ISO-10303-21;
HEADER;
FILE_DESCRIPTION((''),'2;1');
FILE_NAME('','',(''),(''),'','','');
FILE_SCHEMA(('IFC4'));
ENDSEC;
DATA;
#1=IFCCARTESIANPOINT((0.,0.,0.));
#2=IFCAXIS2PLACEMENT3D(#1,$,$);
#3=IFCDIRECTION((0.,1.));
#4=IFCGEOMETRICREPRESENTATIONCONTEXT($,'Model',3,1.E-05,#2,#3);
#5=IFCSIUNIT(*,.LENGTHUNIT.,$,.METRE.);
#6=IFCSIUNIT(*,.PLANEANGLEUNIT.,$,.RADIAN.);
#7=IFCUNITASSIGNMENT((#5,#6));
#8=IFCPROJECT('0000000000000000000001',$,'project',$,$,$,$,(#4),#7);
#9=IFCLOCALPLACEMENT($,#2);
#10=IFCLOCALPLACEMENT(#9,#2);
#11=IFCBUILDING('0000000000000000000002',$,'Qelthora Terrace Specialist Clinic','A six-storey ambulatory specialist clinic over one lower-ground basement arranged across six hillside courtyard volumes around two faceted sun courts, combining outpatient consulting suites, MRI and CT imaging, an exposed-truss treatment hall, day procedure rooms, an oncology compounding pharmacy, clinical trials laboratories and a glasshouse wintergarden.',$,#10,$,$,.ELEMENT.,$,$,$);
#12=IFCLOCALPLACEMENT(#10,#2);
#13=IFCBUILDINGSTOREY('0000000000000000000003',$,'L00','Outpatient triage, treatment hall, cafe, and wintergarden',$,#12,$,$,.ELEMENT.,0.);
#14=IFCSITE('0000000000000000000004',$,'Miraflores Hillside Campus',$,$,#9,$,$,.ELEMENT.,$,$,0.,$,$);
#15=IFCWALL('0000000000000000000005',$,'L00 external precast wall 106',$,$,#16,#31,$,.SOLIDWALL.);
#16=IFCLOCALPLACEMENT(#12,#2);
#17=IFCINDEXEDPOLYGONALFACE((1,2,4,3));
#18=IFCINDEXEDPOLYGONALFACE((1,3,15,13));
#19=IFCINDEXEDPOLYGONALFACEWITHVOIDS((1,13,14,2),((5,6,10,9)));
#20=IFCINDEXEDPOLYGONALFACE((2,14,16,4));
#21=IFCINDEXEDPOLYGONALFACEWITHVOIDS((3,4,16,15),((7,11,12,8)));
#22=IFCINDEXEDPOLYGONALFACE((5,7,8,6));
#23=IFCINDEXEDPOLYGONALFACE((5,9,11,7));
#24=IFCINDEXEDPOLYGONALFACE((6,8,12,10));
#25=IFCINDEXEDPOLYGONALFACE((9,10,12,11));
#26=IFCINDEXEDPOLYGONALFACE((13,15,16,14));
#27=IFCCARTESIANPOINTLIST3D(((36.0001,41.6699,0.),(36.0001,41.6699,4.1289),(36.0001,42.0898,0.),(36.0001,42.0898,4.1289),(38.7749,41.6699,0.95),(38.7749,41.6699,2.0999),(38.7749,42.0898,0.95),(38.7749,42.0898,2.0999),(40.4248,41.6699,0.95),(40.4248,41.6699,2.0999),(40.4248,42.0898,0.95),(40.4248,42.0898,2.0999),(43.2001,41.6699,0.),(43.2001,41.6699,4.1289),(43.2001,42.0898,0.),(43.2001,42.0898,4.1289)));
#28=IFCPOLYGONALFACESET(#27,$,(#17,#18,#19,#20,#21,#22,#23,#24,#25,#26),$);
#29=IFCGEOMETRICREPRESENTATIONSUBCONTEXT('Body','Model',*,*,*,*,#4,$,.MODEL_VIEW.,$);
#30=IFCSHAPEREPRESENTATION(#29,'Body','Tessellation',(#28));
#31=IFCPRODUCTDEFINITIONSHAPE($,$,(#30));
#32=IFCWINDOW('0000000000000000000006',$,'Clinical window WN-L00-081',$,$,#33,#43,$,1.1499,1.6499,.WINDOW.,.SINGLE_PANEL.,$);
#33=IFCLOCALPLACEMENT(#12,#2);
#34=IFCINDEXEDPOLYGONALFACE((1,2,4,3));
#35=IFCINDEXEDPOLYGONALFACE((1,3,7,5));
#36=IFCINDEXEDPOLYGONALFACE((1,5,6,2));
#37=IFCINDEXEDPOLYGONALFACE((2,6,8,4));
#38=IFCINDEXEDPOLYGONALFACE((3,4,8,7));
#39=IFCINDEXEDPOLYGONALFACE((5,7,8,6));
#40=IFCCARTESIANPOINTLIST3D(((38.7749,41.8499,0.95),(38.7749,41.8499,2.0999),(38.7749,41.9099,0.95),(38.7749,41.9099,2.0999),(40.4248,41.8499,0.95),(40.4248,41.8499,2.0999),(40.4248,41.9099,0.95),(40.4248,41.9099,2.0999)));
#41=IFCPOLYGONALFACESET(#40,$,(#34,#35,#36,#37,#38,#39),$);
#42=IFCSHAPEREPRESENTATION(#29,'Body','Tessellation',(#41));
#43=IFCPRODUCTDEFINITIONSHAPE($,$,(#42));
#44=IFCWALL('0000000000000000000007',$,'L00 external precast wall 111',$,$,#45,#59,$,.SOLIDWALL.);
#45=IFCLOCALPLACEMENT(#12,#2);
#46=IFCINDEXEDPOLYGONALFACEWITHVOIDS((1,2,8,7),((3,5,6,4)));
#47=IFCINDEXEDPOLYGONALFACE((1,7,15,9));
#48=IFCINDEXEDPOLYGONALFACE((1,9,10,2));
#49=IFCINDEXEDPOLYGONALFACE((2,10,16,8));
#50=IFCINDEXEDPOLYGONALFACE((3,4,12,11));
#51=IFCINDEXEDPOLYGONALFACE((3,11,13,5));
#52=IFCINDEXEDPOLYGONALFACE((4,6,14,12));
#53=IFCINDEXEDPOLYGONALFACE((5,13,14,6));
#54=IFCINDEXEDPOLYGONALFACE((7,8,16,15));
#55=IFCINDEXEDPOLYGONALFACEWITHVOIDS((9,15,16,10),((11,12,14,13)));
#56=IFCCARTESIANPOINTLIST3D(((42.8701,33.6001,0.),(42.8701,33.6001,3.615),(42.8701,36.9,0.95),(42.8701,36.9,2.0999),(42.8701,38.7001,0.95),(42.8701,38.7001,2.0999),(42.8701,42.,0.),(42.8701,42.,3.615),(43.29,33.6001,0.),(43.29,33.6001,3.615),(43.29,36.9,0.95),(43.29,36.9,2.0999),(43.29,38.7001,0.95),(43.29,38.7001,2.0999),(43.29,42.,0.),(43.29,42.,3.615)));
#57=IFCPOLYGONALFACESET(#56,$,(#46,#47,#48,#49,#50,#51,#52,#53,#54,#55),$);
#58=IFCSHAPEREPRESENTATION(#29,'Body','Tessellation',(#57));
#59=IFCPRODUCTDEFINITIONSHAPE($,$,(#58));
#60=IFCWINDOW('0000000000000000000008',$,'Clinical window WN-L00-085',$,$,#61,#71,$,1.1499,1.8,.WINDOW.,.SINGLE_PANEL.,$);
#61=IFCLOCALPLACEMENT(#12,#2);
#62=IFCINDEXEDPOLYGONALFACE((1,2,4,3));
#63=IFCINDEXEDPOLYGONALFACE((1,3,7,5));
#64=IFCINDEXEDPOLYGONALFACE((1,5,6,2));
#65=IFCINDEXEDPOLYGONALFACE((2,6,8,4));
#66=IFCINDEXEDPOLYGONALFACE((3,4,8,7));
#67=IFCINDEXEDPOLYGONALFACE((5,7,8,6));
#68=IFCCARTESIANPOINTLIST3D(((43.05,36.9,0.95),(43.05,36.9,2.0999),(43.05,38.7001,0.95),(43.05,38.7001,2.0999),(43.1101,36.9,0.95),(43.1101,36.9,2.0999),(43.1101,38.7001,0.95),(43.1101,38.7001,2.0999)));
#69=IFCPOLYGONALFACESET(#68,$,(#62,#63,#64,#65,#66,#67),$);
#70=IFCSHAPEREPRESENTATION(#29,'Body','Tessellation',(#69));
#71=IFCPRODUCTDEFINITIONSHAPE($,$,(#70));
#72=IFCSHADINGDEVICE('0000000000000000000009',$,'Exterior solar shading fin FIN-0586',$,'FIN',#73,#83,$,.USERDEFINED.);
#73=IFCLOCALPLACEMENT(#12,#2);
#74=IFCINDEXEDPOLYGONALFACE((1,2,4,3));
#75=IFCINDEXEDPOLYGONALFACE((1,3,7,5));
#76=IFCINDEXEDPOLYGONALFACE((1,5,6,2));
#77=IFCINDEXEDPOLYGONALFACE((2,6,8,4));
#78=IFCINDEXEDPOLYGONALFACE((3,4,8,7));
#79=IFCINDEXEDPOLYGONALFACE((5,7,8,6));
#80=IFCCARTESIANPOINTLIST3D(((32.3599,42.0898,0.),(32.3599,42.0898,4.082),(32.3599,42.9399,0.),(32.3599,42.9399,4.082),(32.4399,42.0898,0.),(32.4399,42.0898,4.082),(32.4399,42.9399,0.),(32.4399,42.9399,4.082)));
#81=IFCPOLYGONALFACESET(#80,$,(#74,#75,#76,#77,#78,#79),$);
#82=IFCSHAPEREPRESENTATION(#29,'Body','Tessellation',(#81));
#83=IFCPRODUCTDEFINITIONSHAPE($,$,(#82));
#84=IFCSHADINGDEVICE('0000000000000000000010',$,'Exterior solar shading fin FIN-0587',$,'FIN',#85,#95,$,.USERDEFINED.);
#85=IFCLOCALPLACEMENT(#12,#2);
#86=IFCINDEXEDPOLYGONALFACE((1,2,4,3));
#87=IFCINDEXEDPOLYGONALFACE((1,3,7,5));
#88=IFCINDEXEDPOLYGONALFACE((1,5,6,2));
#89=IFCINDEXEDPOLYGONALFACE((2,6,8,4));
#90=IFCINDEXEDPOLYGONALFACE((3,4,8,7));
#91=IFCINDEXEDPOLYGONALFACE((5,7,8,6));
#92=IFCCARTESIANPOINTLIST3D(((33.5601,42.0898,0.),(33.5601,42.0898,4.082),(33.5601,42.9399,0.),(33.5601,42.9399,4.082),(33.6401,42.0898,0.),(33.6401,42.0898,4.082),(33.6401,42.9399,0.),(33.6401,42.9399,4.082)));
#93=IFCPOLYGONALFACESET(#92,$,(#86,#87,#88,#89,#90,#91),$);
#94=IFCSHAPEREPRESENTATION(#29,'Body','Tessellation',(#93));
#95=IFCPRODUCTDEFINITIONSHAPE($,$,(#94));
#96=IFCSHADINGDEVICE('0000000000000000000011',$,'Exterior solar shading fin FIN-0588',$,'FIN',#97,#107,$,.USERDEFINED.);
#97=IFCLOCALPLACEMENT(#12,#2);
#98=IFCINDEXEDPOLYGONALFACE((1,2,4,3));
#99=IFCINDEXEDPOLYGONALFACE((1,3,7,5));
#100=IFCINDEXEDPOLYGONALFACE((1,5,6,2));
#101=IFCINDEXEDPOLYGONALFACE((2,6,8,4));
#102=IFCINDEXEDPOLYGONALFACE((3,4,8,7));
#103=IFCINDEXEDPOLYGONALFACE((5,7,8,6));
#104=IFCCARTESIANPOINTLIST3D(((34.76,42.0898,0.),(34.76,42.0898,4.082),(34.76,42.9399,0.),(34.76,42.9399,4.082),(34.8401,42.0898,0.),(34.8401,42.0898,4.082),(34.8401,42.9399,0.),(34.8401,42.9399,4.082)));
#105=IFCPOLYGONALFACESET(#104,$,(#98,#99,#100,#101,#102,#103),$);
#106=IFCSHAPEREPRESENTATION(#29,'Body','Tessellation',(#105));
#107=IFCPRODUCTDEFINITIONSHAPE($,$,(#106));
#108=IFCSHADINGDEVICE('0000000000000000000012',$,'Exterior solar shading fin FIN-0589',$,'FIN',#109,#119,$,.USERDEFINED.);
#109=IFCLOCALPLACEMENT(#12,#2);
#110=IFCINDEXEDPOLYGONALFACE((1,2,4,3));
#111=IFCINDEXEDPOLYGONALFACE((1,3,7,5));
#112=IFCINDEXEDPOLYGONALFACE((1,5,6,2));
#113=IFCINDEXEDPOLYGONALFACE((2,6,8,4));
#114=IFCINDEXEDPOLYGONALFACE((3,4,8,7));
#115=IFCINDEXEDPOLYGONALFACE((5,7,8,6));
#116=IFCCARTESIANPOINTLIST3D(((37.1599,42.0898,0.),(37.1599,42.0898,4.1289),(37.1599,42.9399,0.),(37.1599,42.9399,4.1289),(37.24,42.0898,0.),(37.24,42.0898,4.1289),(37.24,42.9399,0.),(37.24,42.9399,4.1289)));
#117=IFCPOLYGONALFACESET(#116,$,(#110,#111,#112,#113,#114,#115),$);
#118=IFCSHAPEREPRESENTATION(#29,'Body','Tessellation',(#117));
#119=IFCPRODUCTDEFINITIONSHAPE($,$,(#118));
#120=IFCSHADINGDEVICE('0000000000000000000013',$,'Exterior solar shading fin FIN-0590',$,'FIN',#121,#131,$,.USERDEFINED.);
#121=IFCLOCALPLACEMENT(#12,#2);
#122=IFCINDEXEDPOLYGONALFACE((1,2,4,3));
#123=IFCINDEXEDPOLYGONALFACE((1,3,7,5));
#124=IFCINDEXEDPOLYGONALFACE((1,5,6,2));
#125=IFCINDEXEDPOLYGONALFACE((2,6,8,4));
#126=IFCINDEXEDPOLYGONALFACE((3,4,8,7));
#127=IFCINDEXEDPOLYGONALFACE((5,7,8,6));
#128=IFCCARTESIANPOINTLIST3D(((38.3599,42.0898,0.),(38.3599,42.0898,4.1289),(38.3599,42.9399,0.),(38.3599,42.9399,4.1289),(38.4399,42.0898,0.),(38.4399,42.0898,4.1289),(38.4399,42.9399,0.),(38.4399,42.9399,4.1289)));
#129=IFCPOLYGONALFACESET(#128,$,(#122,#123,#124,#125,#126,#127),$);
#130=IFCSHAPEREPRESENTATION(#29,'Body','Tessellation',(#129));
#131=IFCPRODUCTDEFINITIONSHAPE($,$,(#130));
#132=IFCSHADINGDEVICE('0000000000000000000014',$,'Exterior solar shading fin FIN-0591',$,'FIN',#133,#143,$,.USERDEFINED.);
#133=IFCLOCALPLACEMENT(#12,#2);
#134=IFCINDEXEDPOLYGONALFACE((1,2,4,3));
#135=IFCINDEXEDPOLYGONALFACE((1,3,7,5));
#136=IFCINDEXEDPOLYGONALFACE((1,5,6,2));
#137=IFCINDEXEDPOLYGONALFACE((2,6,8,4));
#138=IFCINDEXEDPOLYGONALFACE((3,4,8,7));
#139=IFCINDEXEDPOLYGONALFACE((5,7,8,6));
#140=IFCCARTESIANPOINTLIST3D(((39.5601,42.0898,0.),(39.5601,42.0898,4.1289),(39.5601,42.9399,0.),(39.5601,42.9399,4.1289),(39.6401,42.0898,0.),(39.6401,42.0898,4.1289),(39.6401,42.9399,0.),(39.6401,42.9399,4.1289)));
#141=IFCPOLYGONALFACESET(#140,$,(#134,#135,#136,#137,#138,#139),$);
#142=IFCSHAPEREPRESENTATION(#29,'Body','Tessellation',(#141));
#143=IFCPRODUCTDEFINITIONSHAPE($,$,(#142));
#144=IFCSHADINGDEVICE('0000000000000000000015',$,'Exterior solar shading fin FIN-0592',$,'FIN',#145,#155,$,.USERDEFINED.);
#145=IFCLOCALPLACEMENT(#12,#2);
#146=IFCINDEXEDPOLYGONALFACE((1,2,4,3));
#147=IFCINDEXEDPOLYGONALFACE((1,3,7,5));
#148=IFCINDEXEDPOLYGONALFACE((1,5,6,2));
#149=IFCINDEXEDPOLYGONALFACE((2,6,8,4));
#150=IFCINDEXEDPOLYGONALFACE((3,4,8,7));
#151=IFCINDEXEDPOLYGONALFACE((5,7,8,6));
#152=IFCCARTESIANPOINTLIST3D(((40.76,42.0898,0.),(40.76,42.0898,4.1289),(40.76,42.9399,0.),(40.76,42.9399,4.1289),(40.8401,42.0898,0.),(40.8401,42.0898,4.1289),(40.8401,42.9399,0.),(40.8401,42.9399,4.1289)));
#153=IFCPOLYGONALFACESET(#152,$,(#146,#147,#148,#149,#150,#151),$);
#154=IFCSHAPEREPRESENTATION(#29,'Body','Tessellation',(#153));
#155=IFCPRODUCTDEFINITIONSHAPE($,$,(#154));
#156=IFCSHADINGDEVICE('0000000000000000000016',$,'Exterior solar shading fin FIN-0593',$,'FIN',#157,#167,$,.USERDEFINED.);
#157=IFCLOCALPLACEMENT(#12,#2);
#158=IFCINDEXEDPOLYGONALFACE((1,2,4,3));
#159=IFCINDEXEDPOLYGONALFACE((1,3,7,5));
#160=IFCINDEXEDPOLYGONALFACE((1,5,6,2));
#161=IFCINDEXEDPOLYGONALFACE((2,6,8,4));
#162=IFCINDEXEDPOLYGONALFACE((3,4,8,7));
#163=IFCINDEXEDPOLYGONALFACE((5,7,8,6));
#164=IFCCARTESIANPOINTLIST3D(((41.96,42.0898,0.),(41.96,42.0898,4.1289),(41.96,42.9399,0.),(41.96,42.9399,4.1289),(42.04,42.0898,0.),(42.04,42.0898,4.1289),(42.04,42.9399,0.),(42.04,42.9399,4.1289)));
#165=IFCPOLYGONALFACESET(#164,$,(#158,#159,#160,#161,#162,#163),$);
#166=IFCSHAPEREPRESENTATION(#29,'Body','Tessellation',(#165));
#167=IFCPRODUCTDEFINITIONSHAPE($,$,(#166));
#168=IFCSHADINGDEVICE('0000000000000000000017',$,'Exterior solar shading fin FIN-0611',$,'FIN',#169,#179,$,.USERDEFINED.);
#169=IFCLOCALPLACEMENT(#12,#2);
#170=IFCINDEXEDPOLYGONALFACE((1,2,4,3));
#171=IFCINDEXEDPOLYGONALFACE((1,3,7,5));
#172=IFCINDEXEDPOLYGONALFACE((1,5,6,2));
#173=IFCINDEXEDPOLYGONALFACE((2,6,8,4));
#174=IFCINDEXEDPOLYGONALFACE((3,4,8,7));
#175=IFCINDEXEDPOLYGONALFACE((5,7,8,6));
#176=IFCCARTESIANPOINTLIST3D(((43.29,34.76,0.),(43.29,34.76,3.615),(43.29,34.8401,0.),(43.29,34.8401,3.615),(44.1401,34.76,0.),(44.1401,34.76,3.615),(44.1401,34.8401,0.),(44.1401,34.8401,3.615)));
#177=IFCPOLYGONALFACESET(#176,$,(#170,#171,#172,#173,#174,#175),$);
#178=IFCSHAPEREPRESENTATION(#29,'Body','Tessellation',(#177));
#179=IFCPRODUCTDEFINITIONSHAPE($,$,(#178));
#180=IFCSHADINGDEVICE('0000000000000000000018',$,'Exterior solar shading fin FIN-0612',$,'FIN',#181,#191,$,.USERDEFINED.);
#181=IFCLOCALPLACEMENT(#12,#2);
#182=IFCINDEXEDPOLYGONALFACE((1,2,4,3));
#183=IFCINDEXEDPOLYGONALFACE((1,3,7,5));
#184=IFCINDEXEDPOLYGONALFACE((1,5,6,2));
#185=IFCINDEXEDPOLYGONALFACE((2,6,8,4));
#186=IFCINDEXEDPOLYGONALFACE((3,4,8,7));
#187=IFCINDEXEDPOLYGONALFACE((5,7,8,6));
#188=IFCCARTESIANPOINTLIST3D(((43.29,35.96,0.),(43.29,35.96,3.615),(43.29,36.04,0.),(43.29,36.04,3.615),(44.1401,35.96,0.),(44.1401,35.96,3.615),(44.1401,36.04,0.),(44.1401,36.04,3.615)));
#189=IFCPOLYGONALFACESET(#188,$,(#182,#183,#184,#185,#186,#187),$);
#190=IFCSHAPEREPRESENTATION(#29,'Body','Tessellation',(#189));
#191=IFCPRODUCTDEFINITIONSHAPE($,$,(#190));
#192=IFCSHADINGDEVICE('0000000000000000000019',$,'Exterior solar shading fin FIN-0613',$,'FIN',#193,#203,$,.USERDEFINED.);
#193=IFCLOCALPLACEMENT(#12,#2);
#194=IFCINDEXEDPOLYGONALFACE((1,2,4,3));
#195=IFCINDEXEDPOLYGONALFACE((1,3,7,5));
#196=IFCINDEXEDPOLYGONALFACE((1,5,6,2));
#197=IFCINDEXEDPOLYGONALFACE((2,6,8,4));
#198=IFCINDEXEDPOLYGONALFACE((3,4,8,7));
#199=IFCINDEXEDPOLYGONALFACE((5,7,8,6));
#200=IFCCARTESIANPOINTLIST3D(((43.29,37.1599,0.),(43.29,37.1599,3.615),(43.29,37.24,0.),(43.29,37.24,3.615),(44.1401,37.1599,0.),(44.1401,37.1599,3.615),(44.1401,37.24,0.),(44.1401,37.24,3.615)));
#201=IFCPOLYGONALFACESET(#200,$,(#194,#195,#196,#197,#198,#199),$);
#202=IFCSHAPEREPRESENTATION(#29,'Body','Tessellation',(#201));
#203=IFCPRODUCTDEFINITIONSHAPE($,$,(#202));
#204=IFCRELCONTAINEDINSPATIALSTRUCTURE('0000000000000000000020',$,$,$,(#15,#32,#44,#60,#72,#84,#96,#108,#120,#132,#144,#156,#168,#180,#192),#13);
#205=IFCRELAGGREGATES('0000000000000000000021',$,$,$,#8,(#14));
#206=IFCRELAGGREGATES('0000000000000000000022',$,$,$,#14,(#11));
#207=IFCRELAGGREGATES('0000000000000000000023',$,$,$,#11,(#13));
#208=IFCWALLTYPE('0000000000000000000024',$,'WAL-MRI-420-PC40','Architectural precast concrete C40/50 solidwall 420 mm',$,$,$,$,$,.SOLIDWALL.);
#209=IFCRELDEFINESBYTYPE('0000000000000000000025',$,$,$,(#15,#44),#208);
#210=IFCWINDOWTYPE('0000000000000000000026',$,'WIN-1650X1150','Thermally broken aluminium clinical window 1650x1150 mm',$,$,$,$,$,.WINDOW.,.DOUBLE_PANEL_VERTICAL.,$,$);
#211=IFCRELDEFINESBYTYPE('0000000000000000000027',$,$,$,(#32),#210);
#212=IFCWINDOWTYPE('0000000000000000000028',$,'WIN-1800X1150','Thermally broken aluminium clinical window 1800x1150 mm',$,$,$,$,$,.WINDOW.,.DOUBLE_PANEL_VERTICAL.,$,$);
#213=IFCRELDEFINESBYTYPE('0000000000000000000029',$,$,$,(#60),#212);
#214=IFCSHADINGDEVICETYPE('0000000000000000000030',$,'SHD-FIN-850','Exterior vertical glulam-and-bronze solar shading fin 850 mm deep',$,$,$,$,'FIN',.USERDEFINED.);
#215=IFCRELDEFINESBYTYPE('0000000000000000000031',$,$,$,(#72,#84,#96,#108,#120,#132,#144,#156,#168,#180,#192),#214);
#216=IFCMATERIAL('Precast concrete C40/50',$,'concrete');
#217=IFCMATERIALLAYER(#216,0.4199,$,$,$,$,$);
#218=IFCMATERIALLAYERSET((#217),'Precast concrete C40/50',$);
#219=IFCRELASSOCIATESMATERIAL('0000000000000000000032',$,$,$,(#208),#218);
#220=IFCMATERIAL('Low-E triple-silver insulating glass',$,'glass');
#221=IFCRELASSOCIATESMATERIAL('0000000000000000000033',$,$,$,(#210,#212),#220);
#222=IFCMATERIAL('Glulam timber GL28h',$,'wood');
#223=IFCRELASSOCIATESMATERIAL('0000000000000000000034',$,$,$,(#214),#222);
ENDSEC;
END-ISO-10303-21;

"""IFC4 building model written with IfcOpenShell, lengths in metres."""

from ifc_helpers import new_model, si_unit, direction, frame, frame_2d, origin, origin_2d, place, context, subcontext, project, spatial, rectangle, extrude, material, layer, layer_set, type_object, element, fill, save


model = new_model("IFC4")

# Units and contexts
model_context = context("Model", 3, precision=1e-05, world=origin(), true_north=direction((0.0, 1.0)))
body_context = subcontext(model_context, "Body", "Model", "MODEL_VIEW")
ifc_project = project(units=[si_unit("LENGTHUNIT", "METRE"), si_unit("PLANEANGLEUNIT", "RADIAN")], contexts=[model_context])

# Site, building, storey
site_placement = place(None, origin())
site = spatial("IfcSite", under=ifc_project, at=site_placement, Name="Miraflores Hillside Campus", CompositionType="ELEMENT", RefElevation=0.0)
building_placement = place(site_placement, origin())
building = spatial("IfcBuilding", under=site, at=building_placement, Name="Qelthora Terrace Specialist Clinic", Description="A six-storey ambulatory specialist clinic over one lower-ground basement arranged across six hillside courtyard volumes around two faceted sun courts, combining outpatient consulting suites, MRI and CT imaging, an exposed-truss treatment hall, day procedure rooms, an oncology compounding pharmacy, clinical trials laboratories and a glasshouse wintergarden.", CompositionType="ELEMENT")
storey_placement = place(building_placement, origin())
storey = spatial("IfcBuildingStorey", under=building, at=storey_placement, Name="L00", Description="Outpatient triage, treatment hall, cafe, and wintergarden", CompositionType="ELEMENT", Elevation=0.0)

# Shared definitions
ifc_material_1 = material(Name="Precast concrete C40/50", Category="concrete")

# Walls, openings, windows
ifc_layer_1 = layer(ifc_material_1, 0.4199)
ifc_layer_set_1 = layer_set([ifc_layer_1], Name="Precast concrete C40/50")
wall_type_1 = type_object("IfcWallType", Name="WAL-MRI-420-PC40", Description="Architectural precast concrete C40/50 solidwall 420 mm", PredefinedType="SOLIDWALL", material=ifc_layer_set_1)
wall_1_placement = place(storey_placement, frame((36.0, 41.8799, 0.0), z_axis=(0.0, 0.0, 1.0), x_axis=(1.0, 0.0, 0.0)))
wall_1 = element("IfcWall", 1, at=wall_1_placement, inside=storey, type_object=wall_type_1, Name="L00 external precast wall 106", PredefinedType="SOLIDWALL", context=body_context, shape_type="SweptSolid", body=[
    extrude(rectangle(XDim=7.2, YDim=0.4199, at=frame_2d((3.6001, 0.0))), origin(), (0.0, 0.0, 1.0), 4.1289),
])
opening_1_placement = place(wall_1_placement, frame((2.7749, 0.0, 0.95)))
opening_1 = element("IfcOpeningElement", 2, at=opening_1_placement, cuts=wall_1, PredefinedType="OPENING", context=body_context, shape_type="SweptSolid", body=[
    extrude(rectangle(XDim=1.6499, YDim=1.1499, at=frame_2d((0.825, 0.575))), frame((0.0, 0.22, 0.0), z_axis=(0.0, -1.0, 0.0), x_axis=(1.0, 0.0, 0.0)), (0.0, 0.0, 1.0), 0.4399),
])
ifc_material_2 = material(Name="Low-E triple-silver insulating glass", Category="glass")
window_type_1 = type_object("IfcWindowType", Name="WIN-1650X1150", Description="Thermally broken aluminium clinical window 1650x1150 mm", PartitioningType="DOUBLE_PANEL_VERTICAL", PredefinedType="WINDOW", material=ifc_material_2)
window_1_placement = place(opening_1_placement, origin())
window_1 = element("IfcWindow", 3, at=window_1_placement, inside=storey, type_object=window_type_1, Name="Clinical window WN-L00-081", OverallHeight=1.1499, OverallWidth=1.6499, PartitioningType="SINGLE_PANEL", PredefinedType="WINDOW", context=body_context, shape_type="SweptSolid", body=[
    extrude(rectangle(XDim=1.6499, YDim=1.1499, at=frame_2d((0.825, 0.575))), frame((0.0, 0.03, 0.0), z_axis=(0.0, -1.0, 0.0), x_axis=(1.0, 0.0, 0.0)), (0.0, 0.0, 1.0), 0.0601),
])
fill(opening_1, window_1)
wall_2_placement = place(storey_placement, frame((43.0801, 33.6001, 0.0), z_axis=(0.0, 0.0, 1.0), x_axis=(0.0, 1.0, 0.0)))
wall_2 = element("IfcWall", 4, at=wall_2_placement, inside=storey, type_object=wall_type_1, Name="L00 external precast wall 111", PredefinedType="SOLIDWALL", context=body_context, shape_type="SweptSolid", body=[
    extrude(rectangle(XDim=8.3999, YDim=0.4199, at=frame_2d((4.2, 0.0))), origin(), (0.0, 0.0, 1.0), 3.615),
])
opening_2_placement = place(wall_2_placement, frame((3.3, 0.0, 0.95)))
opening_2 = element("IfcOpeningElement", 5, at=opening_2_placement, cuts=wall_2, PredefinedType="OPENING", context=body_context, shape_type="SweptSolid", body=[
    extrude(rectangle(XDim=1.8, YDim=1.1499, at=frame_2d((0.8999, 0.575))), frame((0.0, 0.22, 0.0), z_axis=(0.0, -1.0, 0.0), x_axis=(1.0, 0.0, 0.0)), (0.0, 0.0, 1.0), 0.4399),
])
window_type_2 = type_object("IfcWindowType", Name="WIN-1800X1150", Description="Thermally broken aluminium clinical window 1800x1150 mm", PartitioningType="DOUBLE_PANEL_VERTICAL", PredefinedType="WINDOW", material=ifc_material_2)
window_2_placement = place(opening_2_placement, origin())
window_2 = element("IfcWindow", 6, at=window_2_placement, inside=storey, type_object=window_type_2, Name="Clinical window WN-L00-085", OverallHeight=1.1499, OverallWidth=1.8, PartitioningType="SINGLE_PANEL", PredefinedType="WINDOW", context=body_context, shape_type="SweptSolid", body=[
    extrude(rectangle(XDim=1.8, YDim=1.1499, at=frame_2d((0.8999, 0.575))), frame((0.0, 0.03, 0.0), z_axis=(0.0, -1.0, 0.0), x_axis=(1.0, 0.0, 0.0)), (0.0, 0.0, 1.0), 0.0601),
])
fill(opening_2, window_2)

# Shading devices
ifc_material_3 = material(Name="Glulam timber GL28h", Category="wood")
shading_device_type = type_object("IfcShadingDeviceType", Name="SHD-FIN-850", Description="Exterior vertical glulam-and-bronze solar shading fin 850 mm deep", ElementType="FIN", PredefinedType="USERDEFINED", material=ifc_material_3)
for number, where, z_axis, x_axis, name in (
    (7, (32.3999, 42.5149, 0.0), (0.0, 0.0, 1.0), (0.0, 1.0, 0.0), "Exterior solar shading fin FIN-0586"),
    (8, (33.6001, 42.5149, 0.0), (0.0, 0.0, 1.0), (0.0, 1.0, 0.0), "Exterior solar shading fin FIN-0587"),
    (9, (34.8, 42.5149, 0.0), (0.0, 0.0, 1.0), (0.0, 1.0, 0.0), "Exterior solar shading fin FIN-0588"),
):
    element("IfcShadingDevice", number, at=place(storey_placement, frame(where, z_axis=z_axis, x_axis=x_axis)), inside=storey, type_object=shading_device_type, Name=name, ObjectType="FIN", PredefinedType="USERDEFINED", context=body_context, shape_type="SweptSolid", body=[
        extrude(rectangle(XDim=0.8501, YDim=0.0801, at=origin_2d()), origin(), (0.0, 0.0, 1.0), 4.082),
    ])
for number, where, z_axis, x_axis, name in (
    (10, (37.2, 42.5149, 0.0), (0.0, 0.0, 1.0), (0.0, 1.0, 0.0), "Exterior solar shading fin FIN-0589"),
    (11, (38.3999, 42.5149, 0.0), (0.0, 0.0, 1.0), (0.0, 1.0, 0.0), "Exterior solar shading fin FIN-0590"),
    (12, (39.6001, 42.5149, 0.0), (0.0, 0.0, 1.0), (0.0, 1.0, 0.0), "Exterior solar shading fin FIN-0591"),
    (13, (40.8, 42.5149, 0.0), (0.0, 0.0, 1.0), (0.0, 1.0, 0.0), "Exterior solar shading fin FIN-0592"),
    (14, (42.0, 42.5149, 0.0), (0.0, 0.0, 1.0), (0.0, 1.0, 0.0), "Exterior solar shading fin FIN-0593"),
):
    element("IfcShadingDevice", number, at=place(storey_placement, frame(where, z_axis=z_axis, x_axis=x_axis)), inside=storey, type_object=shading_device_type, Name=name, ObjectType="FIN", PredefinedType="USERDEFINED", context=body_context, shape_type="SweptSolid", body=[
        extrude(rectangle(XDim=0.8501, YDim=0.0801, at=origin_2d()), origin(), (0.0, 0.0, 1.0), 4.1289),
    ])
for number, where, z_axis, x_axis, name in (
    (15, (43.7151, 34.8, 0.0), (0.0, 0.0, 1.0), (1.0, 0.0, 0.0), "Exterior solar shading fin FIN-0611"),
    (16, (43.7151, 36.0, 0.0), (0.0, 0.0, 1.0), (1.0, 0.0, 0.0), "Exterior solar shading fin FIN-0612"),
    (17, (43.7151, 37.2, 0.0), (0.0, 0.0, 1.0), (1.0, 0.0, 0.0), "Exterior solar shading fin FIN-0613"),
):
    element("IfcShadingDevice", number, at=place(storey_placement, frame(where, z_axis=z_axis, x_axis=x_axis)), inside=storey, type_object=shading_device_type, Name=name, ObjectType="FIN", PredefinedType="USERDEFINED", context=body_context, shape_type="SweptSolid", body=[
        extrude(rectangle(XDim=0.8501, YDim=0.0801, at=origin_2d()), origin(), (0.0, 0.0, 1.0), 3.615),
    ])

save(model, "model.ifc")
